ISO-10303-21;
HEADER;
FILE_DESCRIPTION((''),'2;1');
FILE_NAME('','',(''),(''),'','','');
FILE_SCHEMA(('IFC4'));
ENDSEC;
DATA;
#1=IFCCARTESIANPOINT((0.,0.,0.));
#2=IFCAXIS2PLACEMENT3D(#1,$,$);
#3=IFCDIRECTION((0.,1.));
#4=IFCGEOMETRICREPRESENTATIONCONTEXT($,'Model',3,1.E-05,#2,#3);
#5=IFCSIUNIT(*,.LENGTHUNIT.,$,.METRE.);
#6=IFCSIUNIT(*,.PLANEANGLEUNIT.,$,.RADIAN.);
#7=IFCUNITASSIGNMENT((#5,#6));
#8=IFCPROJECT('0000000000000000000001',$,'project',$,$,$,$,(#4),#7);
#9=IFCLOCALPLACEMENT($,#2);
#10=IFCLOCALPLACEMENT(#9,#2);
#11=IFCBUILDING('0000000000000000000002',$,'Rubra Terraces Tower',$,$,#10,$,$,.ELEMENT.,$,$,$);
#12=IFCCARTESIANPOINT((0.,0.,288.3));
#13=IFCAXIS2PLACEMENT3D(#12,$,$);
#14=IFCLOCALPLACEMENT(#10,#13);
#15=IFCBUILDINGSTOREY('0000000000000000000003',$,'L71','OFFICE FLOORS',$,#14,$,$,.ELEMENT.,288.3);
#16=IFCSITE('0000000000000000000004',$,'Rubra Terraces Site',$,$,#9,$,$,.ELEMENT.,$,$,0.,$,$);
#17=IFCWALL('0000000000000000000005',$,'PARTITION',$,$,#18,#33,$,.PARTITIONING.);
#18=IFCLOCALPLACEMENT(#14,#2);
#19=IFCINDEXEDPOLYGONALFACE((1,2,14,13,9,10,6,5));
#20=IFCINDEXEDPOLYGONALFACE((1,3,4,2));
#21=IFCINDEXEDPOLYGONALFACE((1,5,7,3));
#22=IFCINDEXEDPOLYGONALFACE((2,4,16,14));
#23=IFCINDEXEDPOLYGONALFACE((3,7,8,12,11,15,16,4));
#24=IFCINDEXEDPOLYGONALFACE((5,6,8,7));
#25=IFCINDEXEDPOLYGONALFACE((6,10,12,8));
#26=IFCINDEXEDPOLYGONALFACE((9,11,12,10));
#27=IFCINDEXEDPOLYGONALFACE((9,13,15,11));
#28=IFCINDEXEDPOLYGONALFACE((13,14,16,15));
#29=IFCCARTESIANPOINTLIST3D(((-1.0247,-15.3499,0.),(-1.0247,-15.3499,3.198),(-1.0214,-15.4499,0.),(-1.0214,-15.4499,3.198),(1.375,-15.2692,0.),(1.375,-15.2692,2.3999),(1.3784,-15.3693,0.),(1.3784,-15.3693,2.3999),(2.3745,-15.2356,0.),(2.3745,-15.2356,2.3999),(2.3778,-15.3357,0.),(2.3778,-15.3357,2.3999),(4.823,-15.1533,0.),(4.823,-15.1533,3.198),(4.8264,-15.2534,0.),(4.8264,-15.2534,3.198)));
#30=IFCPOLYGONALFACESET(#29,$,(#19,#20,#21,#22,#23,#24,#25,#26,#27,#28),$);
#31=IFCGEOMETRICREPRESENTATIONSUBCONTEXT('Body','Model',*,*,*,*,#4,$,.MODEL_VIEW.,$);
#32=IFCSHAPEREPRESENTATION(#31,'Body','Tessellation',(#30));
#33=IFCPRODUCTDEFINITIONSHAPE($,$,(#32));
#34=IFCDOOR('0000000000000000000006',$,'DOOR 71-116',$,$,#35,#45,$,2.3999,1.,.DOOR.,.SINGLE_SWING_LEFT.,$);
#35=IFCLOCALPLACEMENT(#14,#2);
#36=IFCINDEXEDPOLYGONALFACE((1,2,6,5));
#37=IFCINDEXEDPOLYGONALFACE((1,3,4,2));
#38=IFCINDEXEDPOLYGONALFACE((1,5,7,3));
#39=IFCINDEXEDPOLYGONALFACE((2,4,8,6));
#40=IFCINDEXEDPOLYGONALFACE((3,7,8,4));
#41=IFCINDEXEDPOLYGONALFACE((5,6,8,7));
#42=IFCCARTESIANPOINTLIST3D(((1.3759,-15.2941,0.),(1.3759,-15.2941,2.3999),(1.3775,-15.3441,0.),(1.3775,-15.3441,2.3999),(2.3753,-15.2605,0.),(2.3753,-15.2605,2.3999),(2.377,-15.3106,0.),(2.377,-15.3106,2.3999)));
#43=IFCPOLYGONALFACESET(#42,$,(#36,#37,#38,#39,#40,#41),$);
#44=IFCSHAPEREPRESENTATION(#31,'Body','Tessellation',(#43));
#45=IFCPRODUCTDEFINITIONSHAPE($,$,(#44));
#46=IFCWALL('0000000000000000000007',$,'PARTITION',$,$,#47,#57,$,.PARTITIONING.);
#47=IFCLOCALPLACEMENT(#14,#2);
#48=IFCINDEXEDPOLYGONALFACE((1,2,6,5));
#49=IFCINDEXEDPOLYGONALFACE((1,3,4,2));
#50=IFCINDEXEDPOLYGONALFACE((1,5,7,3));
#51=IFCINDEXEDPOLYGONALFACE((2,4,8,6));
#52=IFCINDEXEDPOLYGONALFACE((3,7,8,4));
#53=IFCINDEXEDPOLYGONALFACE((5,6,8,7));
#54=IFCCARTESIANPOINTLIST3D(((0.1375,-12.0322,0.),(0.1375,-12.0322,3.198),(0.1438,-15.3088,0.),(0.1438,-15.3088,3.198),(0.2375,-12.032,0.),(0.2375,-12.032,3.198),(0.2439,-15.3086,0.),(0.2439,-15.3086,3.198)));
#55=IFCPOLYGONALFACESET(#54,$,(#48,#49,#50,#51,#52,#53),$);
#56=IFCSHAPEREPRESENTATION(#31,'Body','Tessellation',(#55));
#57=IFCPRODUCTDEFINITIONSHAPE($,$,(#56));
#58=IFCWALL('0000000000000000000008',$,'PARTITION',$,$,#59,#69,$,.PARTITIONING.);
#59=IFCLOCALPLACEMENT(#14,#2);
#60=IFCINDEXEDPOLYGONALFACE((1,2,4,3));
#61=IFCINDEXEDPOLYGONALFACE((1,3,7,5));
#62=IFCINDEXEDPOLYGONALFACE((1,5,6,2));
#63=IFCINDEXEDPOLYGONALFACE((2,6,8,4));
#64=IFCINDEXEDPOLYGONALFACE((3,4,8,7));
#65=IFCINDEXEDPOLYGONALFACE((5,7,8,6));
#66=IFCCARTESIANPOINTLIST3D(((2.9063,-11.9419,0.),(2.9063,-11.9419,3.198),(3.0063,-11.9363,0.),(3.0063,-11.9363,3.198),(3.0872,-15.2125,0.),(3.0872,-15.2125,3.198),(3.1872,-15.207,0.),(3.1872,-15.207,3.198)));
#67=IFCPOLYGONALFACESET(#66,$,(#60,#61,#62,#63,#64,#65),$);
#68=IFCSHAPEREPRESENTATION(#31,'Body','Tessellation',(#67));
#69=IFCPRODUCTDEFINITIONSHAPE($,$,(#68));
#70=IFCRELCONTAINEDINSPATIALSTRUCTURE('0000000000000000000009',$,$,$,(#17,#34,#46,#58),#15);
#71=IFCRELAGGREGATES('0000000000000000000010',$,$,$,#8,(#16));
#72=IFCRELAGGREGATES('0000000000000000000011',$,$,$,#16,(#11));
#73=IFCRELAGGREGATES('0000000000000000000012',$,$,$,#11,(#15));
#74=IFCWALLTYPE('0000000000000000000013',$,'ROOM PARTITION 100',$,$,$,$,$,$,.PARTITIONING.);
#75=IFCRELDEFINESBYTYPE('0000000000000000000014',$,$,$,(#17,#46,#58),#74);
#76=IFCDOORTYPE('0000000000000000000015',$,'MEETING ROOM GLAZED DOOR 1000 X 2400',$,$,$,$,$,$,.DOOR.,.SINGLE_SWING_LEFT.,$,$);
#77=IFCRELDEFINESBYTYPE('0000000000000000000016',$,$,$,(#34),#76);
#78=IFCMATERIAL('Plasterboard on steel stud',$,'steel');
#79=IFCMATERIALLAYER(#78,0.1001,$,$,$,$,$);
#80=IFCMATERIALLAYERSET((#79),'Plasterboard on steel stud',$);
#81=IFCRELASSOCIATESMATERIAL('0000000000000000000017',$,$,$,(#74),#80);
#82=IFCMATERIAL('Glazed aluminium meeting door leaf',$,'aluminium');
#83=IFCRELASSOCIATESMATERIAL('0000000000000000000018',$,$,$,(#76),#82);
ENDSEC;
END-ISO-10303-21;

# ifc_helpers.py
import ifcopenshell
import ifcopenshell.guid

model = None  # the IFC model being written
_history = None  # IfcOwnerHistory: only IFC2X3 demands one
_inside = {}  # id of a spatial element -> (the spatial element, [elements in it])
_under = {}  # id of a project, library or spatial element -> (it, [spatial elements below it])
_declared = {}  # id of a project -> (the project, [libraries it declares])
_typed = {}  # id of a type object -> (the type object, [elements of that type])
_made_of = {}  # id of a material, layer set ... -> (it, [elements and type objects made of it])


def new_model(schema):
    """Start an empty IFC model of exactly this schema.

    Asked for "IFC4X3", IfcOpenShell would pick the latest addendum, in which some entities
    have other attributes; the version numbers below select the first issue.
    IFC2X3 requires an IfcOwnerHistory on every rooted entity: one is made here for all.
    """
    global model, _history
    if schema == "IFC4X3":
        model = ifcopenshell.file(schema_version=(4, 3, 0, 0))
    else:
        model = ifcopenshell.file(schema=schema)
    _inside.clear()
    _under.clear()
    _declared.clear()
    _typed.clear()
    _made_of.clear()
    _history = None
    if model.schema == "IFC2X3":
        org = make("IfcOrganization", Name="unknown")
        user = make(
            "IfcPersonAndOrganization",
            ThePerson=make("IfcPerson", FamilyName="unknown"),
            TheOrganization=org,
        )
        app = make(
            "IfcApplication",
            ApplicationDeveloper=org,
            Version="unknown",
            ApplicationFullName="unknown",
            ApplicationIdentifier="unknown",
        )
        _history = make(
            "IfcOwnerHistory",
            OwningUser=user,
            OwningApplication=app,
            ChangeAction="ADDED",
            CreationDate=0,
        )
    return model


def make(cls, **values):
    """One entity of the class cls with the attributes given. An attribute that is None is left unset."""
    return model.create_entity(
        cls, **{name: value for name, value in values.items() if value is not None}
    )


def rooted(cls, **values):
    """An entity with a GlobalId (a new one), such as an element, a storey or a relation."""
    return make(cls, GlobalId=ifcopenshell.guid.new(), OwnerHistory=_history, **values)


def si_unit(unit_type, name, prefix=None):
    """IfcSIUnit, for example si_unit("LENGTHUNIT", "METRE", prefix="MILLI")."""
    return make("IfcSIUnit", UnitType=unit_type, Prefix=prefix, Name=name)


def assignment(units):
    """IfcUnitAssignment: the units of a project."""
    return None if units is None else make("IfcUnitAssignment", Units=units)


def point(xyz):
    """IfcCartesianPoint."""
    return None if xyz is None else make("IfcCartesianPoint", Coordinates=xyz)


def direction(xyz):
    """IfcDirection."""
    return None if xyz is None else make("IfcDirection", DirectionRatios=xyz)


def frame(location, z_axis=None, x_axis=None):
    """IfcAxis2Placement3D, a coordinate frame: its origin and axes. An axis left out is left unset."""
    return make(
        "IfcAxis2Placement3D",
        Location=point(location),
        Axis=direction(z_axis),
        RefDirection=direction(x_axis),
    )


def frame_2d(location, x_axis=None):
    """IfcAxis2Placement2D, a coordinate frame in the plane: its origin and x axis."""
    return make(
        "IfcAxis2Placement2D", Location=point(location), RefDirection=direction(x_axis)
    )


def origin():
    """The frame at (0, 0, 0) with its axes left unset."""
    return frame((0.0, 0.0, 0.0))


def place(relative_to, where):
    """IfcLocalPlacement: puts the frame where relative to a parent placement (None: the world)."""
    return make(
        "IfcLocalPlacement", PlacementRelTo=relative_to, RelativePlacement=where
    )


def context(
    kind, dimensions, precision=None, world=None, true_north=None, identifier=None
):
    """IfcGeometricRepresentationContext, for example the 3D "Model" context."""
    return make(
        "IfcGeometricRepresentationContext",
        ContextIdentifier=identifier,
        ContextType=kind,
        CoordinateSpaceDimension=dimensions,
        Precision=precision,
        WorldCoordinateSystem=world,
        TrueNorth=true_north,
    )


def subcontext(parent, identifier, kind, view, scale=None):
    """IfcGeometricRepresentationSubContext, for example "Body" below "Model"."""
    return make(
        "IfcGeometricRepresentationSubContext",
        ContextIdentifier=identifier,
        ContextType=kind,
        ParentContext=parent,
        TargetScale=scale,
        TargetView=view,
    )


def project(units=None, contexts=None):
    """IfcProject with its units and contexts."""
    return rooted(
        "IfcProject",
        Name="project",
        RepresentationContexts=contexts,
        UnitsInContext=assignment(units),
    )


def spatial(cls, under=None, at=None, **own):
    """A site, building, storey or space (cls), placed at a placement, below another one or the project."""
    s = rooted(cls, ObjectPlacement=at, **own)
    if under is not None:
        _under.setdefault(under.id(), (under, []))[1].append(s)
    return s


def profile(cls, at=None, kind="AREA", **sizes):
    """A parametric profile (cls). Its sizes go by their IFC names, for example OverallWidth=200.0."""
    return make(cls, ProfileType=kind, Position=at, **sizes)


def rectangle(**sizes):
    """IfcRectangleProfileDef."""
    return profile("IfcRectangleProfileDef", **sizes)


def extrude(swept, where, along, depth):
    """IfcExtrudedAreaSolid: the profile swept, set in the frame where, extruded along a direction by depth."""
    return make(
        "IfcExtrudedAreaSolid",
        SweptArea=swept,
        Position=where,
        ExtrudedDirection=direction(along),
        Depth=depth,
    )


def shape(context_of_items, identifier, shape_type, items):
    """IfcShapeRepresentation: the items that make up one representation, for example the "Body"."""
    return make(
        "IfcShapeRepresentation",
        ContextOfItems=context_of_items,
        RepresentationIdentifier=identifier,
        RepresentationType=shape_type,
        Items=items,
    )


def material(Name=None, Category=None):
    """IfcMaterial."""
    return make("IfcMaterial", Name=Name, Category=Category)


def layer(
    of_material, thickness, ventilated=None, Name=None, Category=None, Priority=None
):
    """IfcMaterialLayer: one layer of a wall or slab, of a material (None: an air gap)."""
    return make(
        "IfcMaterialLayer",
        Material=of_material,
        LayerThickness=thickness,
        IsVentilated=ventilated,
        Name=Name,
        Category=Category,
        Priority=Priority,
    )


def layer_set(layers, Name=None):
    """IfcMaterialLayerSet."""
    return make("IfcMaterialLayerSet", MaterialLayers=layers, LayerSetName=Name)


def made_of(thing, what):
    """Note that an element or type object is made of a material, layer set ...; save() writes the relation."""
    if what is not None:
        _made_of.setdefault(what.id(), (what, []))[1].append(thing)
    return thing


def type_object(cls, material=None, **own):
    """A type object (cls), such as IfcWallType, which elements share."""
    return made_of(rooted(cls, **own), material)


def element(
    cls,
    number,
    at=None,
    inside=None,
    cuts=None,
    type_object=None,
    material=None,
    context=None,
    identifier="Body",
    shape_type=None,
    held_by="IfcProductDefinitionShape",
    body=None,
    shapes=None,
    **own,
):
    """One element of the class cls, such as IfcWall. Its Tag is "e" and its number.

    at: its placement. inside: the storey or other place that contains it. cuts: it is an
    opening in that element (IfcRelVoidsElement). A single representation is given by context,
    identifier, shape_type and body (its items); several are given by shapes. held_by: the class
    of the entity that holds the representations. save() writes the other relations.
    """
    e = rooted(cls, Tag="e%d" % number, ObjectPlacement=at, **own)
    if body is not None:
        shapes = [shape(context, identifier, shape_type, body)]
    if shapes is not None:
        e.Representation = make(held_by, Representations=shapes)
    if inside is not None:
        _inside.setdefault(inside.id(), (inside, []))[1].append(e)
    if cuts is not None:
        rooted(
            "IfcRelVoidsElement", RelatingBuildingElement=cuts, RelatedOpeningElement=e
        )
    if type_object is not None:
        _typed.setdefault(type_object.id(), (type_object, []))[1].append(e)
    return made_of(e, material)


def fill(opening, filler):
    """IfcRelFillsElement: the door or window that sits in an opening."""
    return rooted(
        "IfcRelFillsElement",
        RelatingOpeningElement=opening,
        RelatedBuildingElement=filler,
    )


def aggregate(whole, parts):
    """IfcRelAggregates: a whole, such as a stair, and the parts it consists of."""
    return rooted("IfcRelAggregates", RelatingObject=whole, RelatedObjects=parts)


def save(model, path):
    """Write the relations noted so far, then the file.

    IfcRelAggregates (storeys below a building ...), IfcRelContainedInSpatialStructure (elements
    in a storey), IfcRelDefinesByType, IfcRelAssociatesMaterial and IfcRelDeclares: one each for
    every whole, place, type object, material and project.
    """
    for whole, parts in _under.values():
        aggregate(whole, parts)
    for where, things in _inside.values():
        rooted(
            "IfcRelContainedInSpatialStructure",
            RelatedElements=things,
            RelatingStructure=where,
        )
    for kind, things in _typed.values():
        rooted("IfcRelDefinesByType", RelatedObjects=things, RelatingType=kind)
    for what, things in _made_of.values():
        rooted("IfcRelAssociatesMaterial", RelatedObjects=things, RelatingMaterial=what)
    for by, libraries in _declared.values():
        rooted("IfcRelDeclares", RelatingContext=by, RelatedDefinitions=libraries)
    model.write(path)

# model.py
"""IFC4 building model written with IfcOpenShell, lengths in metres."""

from ifc_helpers import new_model, si_unit, direction, frame, frame_2d, origin, place, context, subcontext, project, spatial, rectangle, extrude, material, layer, layer_set, type_object, element, fill, save


model = new_model("IFC4")

# Units and contexts
model_context = context("Model", 3, precision=1e-05, world=origin(), true_north=direction((0.0, 1.0)))
body_context = subcontext(model_context, "Body", "Model", "MODEL_VIEW")
ifc_project = project(units=[si_unit("LENGTHUNIT", "METRE"), si_unit("PLANEANGLEUNIT", "RADIAN")], contexts=[model_context])

# Site, building, storey
site_placement = place(None, origin())
site = spatial("IfcSite", under=ifc_project, at=site_placement, Name="Rubra Terraces Site", CompositionType="ELEMENT", RefElevation=0.0)
building_placement = place(site_placement, origin())
building = spatial("IfcBuilding", under=site, at=building_placement, Name="Rubra Terraces Tower", CompositionType="ELEMENT")
storey_placement = place(building_placement, frame((0.0, 0.0, 288.3)))
storey = spatial("IfcBuildingStorey", under=building, at=storey_placement, Name="L71", Description="OFFICE FLOORS", CompositionType="ELEMENT", Elevation=288.3)

# Shared definitions
ifc_material_1 = material(Name="Plasterboard on steel stud", Category="steel")
ifc_layer_1 = layer(ifc_material_1, 0.1001)
ifc_layer_set_1 = layer_set([ifc_layer_1], Name="Plasterboard on steel stud")
wall_type_1 = type_object("IfcWallType", Name="ROOM PARTITION 100", PredefinedType="PARTITIONING", material=ifc_layer_set_1)

# Wall, opening, door
wall_1_placement = place(storey_placement, frame((4.8247, -15.2034, 0.0), z_axis=(0.0, 0.0, 1.0), x_axis=(-0.999436, -0.03359, 0.0)))
wall_1 = element("IfcWall", 1, at=wall_1_placement, inside=storey, type_object=wall_type_1, Name="PARTITION", PredefinedType="PARTITIONING", context=body_context, shape_type="SweptSolid", body=[
    extrude(rectangle(XDim=5.8511, YDim=0.1001, at=frame_2d((2.9255, 0.0))), origin(), (0.0, 0.0, 1.0), 3.198),
])
opening_1_placement = place(wall_1_placement, frame((2.45, 0.0, 0.0)))
opening_1 = element("IfcOpeningElement", 2, at=opening_1_placement, cuts=wall_1, PredefinedType="OPENING", context=body_context, shape_type="SweptSolid", body=[
    extrude(rectangle(XDim=1.0, YDim=2.3999, at=frame_2d((0.5, 1.2))), frame((0.0, 0.0601, 0.0), z_axis=(0.0, -1.0, 0.0), x_axis=(1.0, 0.0, 0.0)), (0.0, 0.0, 1.0), 0.1201),
])
ifc_material_2 = material(Name="Glazed aluminium meeting door leaf", Category="aluminium")
door_type_1 = type_object("IfcDoorType", Name="MEETING ROOM GLAZED DOOR 1000 X 2400", OperationType="SINGLE_SWING_LEFT", PredefinedType="DOOR", material=ifc_material_2)
door_1_placement = place(opening_1_placement, origin())
door_1 = element("IfcDoor", 3, at=door_1_placement, inside=storey, type_object=door_type_1, Name="DOOR 71-116", OperationType="SINGLE_SWING_LEFT", OverallHeight=2.3999, OverallWidth=1.0, PredefinedType="DOOR", context=body_context, shape_type="SweptSolid", body=[
    extrude(rectangle(XDim=1.0, YDim=2.3999, at=frame_2d((0.5, 1.2))), frame((0.0, 0.0249, 0.0), z_axis=(0.0, -1.0, 0.0), x_axis=(1.0, 0.0, 0.0)), (0.0, 0.0, 1.0), 0.05),
])
fill(opening_1, door_1)

# Walls
wall_2_placement = place(storey_placement, frame((0.1875, -12.0322, 0.0), z_axis=(0.0, 0.0, 1.0), x_axis=(0.001937, -0.999998, 0.0)))
element("IfcWall", 4, at=wall_2_placement, inside=storey, type_object=wall_type_1, Name="PARTITION", PredefinedType="PARTITIONING", context=body_context, shape_type="SweptSolid", body=[
    extrude(rectangle(XDim=3.2766, YDim=0.1001, at=frame_2d((1.6382, 0.0))), origin(), (0.0, 0.0, 1.0), 3.198),
])
wall_3_placement = place(storey_placement, frame((2.9563, -11.9392, 0.0), z_axis=(0.0, 0.0, 1.0), x_axis=(0.055226, -0.998474, 0.0)))
element("IfcWall", 5, at=wall_3_placement, inside=storey, type_object=wall_type_1, Name="PARTITION", PredefinedType="PARTITIONING", context=body_context, shape_type="SweptSolid", body=[
    extrude(rectangle(XDim=3.2756, YDim=0.1001, at=frame_2d((1.6377, 0.0))), origin(), (0.0, 0.0, 1.0), 3.198),
])

save(model, "model.ifc")
